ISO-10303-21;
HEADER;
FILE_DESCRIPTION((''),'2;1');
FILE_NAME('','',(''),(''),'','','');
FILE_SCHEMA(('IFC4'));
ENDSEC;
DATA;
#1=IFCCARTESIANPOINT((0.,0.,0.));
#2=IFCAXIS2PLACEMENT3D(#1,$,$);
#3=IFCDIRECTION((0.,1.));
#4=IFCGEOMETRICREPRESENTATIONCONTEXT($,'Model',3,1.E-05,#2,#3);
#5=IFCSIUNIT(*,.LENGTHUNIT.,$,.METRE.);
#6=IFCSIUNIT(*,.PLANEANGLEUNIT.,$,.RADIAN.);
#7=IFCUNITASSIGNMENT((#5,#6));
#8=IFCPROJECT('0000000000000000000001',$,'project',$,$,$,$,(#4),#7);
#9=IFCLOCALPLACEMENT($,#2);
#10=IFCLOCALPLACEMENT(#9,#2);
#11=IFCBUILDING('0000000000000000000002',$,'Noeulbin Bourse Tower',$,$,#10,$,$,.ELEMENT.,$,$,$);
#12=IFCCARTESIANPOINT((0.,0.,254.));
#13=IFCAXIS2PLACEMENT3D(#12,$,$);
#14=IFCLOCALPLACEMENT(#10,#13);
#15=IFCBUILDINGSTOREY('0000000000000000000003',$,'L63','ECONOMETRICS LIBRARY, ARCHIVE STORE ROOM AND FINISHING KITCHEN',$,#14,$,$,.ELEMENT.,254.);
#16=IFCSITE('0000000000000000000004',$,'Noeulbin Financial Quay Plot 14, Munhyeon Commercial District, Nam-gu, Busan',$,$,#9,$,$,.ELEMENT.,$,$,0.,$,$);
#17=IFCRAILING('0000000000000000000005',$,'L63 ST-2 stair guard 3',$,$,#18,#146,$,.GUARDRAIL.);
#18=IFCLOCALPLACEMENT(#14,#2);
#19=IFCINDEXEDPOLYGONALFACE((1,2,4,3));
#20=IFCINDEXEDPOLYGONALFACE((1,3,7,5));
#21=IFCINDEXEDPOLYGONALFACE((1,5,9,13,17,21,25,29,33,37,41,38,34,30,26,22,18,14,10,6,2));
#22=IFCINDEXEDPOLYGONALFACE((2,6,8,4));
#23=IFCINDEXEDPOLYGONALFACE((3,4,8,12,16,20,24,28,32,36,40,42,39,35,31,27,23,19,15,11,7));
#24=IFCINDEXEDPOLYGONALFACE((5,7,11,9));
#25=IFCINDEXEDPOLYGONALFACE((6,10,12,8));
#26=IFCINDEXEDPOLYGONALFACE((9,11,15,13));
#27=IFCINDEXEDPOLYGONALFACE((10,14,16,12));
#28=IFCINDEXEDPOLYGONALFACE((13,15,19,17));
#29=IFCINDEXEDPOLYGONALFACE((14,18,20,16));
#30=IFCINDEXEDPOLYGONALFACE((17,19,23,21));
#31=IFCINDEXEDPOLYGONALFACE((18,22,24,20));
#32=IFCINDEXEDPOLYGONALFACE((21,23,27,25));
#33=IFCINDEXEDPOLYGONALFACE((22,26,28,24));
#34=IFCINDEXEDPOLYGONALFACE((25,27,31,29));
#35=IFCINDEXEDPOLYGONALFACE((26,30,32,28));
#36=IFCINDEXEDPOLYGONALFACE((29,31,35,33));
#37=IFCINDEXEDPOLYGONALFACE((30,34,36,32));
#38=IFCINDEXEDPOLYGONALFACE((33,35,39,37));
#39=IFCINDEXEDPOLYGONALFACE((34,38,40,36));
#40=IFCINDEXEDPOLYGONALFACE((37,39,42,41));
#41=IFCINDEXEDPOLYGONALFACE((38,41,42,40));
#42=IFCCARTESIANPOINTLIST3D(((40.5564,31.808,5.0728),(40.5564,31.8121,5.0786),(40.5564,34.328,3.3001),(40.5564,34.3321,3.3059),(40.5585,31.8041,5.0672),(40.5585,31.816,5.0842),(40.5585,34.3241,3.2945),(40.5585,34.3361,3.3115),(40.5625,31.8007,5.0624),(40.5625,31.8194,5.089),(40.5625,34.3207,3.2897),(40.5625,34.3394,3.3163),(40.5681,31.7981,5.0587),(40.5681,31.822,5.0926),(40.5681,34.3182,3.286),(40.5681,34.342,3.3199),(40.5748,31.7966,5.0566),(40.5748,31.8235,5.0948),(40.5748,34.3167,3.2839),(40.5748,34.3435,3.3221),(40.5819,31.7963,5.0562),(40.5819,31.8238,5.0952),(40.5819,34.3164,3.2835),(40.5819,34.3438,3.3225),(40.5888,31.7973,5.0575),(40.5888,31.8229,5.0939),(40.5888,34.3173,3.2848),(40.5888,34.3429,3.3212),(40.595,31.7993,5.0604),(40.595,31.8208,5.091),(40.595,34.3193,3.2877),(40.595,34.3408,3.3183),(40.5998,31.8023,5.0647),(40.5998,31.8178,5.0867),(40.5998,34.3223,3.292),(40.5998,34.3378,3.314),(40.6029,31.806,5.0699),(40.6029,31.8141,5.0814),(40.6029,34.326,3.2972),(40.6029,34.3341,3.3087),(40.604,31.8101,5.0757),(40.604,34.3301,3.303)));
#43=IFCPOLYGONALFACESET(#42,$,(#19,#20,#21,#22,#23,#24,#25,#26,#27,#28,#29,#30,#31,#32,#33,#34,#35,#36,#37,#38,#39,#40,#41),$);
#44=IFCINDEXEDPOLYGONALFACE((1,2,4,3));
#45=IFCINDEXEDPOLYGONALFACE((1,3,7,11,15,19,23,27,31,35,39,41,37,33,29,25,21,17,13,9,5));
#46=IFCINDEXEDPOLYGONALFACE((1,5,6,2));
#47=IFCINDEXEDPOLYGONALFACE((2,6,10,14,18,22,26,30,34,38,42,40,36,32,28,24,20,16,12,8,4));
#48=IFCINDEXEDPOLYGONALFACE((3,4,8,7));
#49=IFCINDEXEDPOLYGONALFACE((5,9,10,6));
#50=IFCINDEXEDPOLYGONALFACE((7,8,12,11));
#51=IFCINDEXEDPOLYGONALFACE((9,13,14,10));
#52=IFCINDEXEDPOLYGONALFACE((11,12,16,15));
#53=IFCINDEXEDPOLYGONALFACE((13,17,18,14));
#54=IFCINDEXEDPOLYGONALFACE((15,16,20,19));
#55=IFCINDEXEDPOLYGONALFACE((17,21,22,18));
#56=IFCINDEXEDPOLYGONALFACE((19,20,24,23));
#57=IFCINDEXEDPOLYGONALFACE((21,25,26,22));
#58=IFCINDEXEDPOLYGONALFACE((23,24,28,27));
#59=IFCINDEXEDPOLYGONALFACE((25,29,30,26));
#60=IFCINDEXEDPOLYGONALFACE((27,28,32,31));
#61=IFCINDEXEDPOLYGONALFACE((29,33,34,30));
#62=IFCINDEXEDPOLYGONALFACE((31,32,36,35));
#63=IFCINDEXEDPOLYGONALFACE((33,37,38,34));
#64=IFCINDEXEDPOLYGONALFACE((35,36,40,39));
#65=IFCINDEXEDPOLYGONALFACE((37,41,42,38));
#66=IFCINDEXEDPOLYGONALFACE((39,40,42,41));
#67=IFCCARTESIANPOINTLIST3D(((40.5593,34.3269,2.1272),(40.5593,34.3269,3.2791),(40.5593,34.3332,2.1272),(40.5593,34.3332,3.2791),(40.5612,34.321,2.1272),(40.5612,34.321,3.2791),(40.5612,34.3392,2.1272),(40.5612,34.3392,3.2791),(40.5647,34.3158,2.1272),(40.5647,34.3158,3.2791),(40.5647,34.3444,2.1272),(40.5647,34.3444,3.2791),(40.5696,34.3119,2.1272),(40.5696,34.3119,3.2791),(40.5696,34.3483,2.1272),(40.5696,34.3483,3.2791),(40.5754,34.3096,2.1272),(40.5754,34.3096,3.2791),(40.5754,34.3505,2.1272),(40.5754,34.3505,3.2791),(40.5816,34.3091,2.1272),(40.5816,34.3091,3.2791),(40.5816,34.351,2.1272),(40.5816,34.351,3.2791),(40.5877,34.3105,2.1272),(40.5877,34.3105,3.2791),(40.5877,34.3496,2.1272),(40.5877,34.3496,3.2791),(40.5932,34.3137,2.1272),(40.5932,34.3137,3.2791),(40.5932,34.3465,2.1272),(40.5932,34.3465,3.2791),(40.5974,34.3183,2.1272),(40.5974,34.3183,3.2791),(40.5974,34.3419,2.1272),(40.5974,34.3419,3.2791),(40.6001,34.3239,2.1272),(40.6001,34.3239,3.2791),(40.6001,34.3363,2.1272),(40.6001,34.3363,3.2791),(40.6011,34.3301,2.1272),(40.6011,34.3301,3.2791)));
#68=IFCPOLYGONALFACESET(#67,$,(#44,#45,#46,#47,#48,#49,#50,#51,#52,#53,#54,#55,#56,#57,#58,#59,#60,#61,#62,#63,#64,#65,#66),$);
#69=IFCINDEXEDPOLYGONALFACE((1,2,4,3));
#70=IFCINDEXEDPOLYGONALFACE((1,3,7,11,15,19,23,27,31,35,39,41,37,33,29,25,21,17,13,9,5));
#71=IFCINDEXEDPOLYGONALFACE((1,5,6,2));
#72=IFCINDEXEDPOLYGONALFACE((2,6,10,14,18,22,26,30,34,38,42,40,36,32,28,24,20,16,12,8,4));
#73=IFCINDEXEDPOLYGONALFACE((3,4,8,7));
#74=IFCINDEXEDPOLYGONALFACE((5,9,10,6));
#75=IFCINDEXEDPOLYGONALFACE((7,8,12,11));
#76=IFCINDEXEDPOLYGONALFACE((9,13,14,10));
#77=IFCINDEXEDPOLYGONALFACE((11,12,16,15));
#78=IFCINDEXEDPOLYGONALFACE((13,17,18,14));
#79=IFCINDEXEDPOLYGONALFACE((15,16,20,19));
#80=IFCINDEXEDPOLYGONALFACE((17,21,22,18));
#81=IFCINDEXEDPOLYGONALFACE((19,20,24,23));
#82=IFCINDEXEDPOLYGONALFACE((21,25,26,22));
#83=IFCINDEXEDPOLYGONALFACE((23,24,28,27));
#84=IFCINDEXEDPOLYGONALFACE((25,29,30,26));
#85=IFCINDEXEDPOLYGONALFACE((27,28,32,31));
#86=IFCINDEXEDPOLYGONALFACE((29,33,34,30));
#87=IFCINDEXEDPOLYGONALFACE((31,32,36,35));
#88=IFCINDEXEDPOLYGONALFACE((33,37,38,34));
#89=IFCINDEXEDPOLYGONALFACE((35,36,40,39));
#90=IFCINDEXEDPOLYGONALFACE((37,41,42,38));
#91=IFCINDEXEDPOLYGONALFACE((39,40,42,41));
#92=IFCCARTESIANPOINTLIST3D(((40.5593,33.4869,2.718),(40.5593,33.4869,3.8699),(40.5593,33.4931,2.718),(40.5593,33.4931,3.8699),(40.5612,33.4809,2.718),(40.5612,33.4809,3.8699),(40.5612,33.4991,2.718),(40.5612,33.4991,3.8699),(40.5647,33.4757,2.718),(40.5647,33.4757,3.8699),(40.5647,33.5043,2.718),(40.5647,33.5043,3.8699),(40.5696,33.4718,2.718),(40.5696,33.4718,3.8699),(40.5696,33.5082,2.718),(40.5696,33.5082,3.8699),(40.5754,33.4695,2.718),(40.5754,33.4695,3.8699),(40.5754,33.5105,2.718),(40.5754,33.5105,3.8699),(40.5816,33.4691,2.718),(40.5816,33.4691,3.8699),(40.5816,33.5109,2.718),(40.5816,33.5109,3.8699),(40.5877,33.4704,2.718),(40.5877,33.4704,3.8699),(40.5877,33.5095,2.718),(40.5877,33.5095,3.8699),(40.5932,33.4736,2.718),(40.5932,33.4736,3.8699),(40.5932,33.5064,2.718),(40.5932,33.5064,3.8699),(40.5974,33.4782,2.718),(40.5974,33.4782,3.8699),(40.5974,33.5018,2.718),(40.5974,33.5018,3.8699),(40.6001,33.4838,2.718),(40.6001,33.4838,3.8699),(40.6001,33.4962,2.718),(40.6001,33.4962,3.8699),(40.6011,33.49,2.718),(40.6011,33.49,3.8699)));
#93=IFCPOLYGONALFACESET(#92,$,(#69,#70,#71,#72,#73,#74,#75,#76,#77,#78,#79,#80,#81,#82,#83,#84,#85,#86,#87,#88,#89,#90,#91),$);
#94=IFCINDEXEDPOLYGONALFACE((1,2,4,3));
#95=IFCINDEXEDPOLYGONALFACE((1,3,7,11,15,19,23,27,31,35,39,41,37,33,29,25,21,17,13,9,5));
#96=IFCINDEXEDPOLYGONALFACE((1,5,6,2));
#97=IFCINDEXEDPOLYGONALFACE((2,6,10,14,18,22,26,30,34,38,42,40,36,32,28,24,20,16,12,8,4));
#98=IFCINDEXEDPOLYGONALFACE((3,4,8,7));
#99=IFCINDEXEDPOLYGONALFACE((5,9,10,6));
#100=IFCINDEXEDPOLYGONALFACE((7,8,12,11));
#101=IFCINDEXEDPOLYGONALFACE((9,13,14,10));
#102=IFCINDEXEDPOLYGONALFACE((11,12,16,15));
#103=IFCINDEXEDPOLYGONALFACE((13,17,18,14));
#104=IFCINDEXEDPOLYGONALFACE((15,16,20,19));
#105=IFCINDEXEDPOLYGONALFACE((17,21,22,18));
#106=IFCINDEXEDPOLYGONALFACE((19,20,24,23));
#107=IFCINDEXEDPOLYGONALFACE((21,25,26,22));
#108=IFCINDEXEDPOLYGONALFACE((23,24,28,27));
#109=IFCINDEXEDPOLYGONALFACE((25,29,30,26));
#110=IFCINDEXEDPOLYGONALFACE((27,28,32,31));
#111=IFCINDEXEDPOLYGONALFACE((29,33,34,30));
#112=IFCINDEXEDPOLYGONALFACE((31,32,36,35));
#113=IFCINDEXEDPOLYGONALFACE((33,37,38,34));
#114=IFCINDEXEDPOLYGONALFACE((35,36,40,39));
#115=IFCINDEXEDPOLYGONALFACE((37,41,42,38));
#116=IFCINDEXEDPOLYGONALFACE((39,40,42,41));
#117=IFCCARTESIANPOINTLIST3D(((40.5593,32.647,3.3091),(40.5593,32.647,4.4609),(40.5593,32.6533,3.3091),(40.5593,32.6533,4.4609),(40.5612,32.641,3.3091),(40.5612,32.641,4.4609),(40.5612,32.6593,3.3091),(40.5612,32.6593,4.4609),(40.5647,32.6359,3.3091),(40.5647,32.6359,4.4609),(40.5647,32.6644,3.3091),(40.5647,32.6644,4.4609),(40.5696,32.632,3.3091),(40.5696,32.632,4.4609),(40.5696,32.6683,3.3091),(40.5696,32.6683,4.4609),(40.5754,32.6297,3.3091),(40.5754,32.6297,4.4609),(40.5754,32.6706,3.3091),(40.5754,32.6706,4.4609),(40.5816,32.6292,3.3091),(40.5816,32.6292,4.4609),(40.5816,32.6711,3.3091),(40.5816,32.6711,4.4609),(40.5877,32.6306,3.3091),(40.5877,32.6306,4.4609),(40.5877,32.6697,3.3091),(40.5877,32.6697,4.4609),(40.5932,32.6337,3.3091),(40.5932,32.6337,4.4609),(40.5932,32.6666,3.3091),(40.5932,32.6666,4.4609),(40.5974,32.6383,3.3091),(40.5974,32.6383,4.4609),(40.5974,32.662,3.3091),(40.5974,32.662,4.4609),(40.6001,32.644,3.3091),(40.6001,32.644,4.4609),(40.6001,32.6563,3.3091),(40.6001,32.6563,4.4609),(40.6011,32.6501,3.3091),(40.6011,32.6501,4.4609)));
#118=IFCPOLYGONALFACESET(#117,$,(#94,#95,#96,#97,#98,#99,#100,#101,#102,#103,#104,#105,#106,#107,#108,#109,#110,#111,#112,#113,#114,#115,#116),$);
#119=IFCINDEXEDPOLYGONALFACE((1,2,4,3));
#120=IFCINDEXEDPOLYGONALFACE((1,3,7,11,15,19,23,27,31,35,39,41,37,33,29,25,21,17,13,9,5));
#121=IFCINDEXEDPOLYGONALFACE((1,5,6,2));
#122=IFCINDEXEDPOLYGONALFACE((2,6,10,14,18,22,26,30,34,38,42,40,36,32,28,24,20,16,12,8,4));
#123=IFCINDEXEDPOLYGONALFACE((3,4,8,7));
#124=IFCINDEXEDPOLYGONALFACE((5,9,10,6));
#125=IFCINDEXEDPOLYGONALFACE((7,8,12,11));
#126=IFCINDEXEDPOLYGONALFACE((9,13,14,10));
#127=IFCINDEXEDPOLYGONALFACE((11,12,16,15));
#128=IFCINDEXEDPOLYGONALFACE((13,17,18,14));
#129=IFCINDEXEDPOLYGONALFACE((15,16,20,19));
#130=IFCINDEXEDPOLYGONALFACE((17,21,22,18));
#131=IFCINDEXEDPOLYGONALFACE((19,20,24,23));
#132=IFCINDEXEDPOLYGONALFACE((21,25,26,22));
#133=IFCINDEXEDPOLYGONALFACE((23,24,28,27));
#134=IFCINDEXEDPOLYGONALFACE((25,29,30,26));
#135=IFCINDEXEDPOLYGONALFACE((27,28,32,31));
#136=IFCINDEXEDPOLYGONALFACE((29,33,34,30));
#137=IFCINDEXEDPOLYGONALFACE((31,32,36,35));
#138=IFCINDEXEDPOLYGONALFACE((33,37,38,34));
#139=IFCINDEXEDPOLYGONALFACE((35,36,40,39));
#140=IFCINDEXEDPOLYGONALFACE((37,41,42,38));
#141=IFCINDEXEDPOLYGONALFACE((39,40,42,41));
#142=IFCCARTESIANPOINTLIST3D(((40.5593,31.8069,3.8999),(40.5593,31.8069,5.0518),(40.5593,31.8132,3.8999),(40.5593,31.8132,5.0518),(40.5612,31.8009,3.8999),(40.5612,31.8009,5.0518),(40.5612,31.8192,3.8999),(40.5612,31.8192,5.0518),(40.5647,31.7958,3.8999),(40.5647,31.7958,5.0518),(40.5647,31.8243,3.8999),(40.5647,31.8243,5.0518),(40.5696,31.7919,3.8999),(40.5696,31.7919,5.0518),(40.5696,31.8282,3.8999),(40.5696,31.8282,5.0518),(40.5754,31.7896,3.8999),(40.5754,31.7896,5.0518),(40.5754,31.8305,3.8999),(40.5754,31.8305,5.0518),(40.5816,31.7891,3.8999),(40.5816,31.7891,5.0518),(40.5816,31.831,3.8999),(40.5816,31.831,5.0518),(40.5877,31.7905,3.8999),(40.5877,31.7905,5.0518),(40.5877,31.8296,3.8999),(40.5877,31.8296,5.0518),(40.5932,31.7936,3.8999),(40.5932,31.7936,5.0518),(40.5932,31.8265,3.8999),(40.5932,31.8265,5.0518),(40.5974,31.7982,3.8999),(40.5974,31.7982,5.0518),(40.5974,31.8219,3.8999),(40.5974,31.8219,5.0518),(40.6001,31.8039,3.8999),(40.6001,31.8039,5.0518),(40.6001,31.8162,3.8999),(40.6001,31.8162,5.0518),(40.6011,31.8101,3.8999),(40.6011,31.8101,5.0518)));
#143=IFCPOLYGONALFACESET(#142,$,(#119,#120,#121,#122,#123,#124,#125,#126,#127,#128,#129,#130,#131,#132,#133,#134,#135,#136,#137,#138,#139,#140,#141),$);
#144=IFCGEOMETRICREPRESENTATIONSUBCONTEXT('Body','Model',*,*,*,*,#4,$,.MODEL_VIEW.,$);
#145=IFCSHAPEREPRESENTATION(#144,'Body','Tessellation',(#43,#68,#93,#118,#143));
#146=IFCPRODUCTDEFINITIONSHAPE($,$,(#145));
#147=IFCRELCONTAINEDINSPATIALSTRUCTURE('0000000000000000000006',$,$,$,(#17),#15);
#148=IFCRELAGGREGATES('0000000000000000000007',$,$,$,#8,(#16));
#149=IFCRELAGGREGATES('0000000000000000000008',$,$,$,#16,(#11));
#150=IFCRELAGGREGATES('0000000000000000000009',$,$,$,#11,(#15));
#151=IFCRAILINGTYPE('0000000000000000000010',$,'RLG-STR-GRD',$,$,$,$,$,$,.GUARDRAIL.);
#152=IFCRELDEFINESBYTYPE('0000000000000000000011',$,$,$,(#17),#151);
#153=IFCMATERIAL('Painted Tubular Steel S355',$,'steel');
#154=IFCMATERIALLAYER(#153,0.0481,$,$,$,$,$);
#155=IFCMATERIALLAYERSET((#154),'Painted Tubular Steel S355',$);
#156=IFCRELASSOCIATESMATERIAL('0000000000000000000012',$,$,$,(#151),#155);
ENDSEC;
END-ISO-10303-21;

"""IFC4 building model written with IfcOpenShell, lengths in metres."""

from ifc_helpers import new_model, si_unit, direction, frame, origin, origin_2d, place, context, subcontext, project, spatial, circle, extrude, material, layer, layer_set, type_object, element, save


model = new_model("IFC4")

# Units and contexts
model_context = context("Model", 3, precision=1e-05, world=origin(), true_north=direction((0.0, 1.0)))
body_context = subcontext(model_context, "Body", "Model", "MODEL_VIEW")
ifc_project = project(units=[si_unit("LENGTHUNIT", "METRE"), si_unit("PLANEANGLEUNIT", "RADIAN")], contexts=[model_context])

# Site, building, storey
site_placement = place(None, origin())
site = spatial("IfcSite", under=ifc_project, at=site_placement, Name="Noeulbin Financial Quay Plot 14, Munhyeon Commercial District, Nam-gu, Busan", CompositionType="ELEMENT", RefElevation=0.0)
building_placement = place(site_placement, origin())
building = spatial("IfcBuilding", under=site, at=building_placement, Name="Noeulbin Bourse Tower", CompositionType="ELEMENT")
storey_placement = place(building_placement, frame((0.0, 0.0, 254.0)))
storey = spatial("IfcBuildingStorey", under=building, at=storey_placement, Name="L63", Description="ECONOMETRICS LIBRARY, ARCHIVE STORE ROOM AND FINISHING KITCHEN", CompositionType="ELEMENT", Elevation=254.0)

# Railing
ifc_material_1 = material(Name="Painted Tubular Steel S355", Category="steel")
ifc_layer_1 = layer(ifc_material_1, 0.0481)
ifc_layer_set_1 = layer_set([ifc_layer_1], Name="Painted Tubular Steel S355")
railing_type_1 = type_object("IfcRailingType", Name="RLG-STR-GRD", PredefinedType="GUARDRAIL", material=ifc_layer_set_1)
railing_1_placement = place(storey_placement, frame((40.5801, 34.3301, 2.1272)))
element("IfcRailing", 1, at=railing_1_placement, inside=storey, type_object=railing_type_1, Name="L63 ST-2 stair guard 3", PredefinedType="GUARDRAIL", context=body_context, shape_type="SweptSolid", body=[
    extrude(circle(Radius=0.0239, at=origin_2d()), frame((0.0, 0.0, 1.1758), z_axis=(0.0, -0.817904, 0.575354), x_axis=(1.0, 0.0, 0.0)), (0.0, 0.0, 1.0), 3.0811),
    extrude(circle(Radius=0.021, at=origin_2d()), origin(), (0.0, 0.0, 1.0), 1.1519),
    extrude(circle(Radius=0.021, at=origin_2d()), frame((0.0, -0.8401, 0.5908)), (0.0, 0.0, 1.0), 1.1519),
    extrude(circle(Radius=0.021, at=origin_2d()), frame((0.0, -1.6799, 1.1819)), (0.0, 0.0, 1.0), 1.1519),
    extrude(circle(Radius=0.021, at=origin_2d()), frame((0.0, -2.52, 1.7727)), (0.0, 0.0, 1.0), 1.1519),
])

save(model, "model.ifc")
